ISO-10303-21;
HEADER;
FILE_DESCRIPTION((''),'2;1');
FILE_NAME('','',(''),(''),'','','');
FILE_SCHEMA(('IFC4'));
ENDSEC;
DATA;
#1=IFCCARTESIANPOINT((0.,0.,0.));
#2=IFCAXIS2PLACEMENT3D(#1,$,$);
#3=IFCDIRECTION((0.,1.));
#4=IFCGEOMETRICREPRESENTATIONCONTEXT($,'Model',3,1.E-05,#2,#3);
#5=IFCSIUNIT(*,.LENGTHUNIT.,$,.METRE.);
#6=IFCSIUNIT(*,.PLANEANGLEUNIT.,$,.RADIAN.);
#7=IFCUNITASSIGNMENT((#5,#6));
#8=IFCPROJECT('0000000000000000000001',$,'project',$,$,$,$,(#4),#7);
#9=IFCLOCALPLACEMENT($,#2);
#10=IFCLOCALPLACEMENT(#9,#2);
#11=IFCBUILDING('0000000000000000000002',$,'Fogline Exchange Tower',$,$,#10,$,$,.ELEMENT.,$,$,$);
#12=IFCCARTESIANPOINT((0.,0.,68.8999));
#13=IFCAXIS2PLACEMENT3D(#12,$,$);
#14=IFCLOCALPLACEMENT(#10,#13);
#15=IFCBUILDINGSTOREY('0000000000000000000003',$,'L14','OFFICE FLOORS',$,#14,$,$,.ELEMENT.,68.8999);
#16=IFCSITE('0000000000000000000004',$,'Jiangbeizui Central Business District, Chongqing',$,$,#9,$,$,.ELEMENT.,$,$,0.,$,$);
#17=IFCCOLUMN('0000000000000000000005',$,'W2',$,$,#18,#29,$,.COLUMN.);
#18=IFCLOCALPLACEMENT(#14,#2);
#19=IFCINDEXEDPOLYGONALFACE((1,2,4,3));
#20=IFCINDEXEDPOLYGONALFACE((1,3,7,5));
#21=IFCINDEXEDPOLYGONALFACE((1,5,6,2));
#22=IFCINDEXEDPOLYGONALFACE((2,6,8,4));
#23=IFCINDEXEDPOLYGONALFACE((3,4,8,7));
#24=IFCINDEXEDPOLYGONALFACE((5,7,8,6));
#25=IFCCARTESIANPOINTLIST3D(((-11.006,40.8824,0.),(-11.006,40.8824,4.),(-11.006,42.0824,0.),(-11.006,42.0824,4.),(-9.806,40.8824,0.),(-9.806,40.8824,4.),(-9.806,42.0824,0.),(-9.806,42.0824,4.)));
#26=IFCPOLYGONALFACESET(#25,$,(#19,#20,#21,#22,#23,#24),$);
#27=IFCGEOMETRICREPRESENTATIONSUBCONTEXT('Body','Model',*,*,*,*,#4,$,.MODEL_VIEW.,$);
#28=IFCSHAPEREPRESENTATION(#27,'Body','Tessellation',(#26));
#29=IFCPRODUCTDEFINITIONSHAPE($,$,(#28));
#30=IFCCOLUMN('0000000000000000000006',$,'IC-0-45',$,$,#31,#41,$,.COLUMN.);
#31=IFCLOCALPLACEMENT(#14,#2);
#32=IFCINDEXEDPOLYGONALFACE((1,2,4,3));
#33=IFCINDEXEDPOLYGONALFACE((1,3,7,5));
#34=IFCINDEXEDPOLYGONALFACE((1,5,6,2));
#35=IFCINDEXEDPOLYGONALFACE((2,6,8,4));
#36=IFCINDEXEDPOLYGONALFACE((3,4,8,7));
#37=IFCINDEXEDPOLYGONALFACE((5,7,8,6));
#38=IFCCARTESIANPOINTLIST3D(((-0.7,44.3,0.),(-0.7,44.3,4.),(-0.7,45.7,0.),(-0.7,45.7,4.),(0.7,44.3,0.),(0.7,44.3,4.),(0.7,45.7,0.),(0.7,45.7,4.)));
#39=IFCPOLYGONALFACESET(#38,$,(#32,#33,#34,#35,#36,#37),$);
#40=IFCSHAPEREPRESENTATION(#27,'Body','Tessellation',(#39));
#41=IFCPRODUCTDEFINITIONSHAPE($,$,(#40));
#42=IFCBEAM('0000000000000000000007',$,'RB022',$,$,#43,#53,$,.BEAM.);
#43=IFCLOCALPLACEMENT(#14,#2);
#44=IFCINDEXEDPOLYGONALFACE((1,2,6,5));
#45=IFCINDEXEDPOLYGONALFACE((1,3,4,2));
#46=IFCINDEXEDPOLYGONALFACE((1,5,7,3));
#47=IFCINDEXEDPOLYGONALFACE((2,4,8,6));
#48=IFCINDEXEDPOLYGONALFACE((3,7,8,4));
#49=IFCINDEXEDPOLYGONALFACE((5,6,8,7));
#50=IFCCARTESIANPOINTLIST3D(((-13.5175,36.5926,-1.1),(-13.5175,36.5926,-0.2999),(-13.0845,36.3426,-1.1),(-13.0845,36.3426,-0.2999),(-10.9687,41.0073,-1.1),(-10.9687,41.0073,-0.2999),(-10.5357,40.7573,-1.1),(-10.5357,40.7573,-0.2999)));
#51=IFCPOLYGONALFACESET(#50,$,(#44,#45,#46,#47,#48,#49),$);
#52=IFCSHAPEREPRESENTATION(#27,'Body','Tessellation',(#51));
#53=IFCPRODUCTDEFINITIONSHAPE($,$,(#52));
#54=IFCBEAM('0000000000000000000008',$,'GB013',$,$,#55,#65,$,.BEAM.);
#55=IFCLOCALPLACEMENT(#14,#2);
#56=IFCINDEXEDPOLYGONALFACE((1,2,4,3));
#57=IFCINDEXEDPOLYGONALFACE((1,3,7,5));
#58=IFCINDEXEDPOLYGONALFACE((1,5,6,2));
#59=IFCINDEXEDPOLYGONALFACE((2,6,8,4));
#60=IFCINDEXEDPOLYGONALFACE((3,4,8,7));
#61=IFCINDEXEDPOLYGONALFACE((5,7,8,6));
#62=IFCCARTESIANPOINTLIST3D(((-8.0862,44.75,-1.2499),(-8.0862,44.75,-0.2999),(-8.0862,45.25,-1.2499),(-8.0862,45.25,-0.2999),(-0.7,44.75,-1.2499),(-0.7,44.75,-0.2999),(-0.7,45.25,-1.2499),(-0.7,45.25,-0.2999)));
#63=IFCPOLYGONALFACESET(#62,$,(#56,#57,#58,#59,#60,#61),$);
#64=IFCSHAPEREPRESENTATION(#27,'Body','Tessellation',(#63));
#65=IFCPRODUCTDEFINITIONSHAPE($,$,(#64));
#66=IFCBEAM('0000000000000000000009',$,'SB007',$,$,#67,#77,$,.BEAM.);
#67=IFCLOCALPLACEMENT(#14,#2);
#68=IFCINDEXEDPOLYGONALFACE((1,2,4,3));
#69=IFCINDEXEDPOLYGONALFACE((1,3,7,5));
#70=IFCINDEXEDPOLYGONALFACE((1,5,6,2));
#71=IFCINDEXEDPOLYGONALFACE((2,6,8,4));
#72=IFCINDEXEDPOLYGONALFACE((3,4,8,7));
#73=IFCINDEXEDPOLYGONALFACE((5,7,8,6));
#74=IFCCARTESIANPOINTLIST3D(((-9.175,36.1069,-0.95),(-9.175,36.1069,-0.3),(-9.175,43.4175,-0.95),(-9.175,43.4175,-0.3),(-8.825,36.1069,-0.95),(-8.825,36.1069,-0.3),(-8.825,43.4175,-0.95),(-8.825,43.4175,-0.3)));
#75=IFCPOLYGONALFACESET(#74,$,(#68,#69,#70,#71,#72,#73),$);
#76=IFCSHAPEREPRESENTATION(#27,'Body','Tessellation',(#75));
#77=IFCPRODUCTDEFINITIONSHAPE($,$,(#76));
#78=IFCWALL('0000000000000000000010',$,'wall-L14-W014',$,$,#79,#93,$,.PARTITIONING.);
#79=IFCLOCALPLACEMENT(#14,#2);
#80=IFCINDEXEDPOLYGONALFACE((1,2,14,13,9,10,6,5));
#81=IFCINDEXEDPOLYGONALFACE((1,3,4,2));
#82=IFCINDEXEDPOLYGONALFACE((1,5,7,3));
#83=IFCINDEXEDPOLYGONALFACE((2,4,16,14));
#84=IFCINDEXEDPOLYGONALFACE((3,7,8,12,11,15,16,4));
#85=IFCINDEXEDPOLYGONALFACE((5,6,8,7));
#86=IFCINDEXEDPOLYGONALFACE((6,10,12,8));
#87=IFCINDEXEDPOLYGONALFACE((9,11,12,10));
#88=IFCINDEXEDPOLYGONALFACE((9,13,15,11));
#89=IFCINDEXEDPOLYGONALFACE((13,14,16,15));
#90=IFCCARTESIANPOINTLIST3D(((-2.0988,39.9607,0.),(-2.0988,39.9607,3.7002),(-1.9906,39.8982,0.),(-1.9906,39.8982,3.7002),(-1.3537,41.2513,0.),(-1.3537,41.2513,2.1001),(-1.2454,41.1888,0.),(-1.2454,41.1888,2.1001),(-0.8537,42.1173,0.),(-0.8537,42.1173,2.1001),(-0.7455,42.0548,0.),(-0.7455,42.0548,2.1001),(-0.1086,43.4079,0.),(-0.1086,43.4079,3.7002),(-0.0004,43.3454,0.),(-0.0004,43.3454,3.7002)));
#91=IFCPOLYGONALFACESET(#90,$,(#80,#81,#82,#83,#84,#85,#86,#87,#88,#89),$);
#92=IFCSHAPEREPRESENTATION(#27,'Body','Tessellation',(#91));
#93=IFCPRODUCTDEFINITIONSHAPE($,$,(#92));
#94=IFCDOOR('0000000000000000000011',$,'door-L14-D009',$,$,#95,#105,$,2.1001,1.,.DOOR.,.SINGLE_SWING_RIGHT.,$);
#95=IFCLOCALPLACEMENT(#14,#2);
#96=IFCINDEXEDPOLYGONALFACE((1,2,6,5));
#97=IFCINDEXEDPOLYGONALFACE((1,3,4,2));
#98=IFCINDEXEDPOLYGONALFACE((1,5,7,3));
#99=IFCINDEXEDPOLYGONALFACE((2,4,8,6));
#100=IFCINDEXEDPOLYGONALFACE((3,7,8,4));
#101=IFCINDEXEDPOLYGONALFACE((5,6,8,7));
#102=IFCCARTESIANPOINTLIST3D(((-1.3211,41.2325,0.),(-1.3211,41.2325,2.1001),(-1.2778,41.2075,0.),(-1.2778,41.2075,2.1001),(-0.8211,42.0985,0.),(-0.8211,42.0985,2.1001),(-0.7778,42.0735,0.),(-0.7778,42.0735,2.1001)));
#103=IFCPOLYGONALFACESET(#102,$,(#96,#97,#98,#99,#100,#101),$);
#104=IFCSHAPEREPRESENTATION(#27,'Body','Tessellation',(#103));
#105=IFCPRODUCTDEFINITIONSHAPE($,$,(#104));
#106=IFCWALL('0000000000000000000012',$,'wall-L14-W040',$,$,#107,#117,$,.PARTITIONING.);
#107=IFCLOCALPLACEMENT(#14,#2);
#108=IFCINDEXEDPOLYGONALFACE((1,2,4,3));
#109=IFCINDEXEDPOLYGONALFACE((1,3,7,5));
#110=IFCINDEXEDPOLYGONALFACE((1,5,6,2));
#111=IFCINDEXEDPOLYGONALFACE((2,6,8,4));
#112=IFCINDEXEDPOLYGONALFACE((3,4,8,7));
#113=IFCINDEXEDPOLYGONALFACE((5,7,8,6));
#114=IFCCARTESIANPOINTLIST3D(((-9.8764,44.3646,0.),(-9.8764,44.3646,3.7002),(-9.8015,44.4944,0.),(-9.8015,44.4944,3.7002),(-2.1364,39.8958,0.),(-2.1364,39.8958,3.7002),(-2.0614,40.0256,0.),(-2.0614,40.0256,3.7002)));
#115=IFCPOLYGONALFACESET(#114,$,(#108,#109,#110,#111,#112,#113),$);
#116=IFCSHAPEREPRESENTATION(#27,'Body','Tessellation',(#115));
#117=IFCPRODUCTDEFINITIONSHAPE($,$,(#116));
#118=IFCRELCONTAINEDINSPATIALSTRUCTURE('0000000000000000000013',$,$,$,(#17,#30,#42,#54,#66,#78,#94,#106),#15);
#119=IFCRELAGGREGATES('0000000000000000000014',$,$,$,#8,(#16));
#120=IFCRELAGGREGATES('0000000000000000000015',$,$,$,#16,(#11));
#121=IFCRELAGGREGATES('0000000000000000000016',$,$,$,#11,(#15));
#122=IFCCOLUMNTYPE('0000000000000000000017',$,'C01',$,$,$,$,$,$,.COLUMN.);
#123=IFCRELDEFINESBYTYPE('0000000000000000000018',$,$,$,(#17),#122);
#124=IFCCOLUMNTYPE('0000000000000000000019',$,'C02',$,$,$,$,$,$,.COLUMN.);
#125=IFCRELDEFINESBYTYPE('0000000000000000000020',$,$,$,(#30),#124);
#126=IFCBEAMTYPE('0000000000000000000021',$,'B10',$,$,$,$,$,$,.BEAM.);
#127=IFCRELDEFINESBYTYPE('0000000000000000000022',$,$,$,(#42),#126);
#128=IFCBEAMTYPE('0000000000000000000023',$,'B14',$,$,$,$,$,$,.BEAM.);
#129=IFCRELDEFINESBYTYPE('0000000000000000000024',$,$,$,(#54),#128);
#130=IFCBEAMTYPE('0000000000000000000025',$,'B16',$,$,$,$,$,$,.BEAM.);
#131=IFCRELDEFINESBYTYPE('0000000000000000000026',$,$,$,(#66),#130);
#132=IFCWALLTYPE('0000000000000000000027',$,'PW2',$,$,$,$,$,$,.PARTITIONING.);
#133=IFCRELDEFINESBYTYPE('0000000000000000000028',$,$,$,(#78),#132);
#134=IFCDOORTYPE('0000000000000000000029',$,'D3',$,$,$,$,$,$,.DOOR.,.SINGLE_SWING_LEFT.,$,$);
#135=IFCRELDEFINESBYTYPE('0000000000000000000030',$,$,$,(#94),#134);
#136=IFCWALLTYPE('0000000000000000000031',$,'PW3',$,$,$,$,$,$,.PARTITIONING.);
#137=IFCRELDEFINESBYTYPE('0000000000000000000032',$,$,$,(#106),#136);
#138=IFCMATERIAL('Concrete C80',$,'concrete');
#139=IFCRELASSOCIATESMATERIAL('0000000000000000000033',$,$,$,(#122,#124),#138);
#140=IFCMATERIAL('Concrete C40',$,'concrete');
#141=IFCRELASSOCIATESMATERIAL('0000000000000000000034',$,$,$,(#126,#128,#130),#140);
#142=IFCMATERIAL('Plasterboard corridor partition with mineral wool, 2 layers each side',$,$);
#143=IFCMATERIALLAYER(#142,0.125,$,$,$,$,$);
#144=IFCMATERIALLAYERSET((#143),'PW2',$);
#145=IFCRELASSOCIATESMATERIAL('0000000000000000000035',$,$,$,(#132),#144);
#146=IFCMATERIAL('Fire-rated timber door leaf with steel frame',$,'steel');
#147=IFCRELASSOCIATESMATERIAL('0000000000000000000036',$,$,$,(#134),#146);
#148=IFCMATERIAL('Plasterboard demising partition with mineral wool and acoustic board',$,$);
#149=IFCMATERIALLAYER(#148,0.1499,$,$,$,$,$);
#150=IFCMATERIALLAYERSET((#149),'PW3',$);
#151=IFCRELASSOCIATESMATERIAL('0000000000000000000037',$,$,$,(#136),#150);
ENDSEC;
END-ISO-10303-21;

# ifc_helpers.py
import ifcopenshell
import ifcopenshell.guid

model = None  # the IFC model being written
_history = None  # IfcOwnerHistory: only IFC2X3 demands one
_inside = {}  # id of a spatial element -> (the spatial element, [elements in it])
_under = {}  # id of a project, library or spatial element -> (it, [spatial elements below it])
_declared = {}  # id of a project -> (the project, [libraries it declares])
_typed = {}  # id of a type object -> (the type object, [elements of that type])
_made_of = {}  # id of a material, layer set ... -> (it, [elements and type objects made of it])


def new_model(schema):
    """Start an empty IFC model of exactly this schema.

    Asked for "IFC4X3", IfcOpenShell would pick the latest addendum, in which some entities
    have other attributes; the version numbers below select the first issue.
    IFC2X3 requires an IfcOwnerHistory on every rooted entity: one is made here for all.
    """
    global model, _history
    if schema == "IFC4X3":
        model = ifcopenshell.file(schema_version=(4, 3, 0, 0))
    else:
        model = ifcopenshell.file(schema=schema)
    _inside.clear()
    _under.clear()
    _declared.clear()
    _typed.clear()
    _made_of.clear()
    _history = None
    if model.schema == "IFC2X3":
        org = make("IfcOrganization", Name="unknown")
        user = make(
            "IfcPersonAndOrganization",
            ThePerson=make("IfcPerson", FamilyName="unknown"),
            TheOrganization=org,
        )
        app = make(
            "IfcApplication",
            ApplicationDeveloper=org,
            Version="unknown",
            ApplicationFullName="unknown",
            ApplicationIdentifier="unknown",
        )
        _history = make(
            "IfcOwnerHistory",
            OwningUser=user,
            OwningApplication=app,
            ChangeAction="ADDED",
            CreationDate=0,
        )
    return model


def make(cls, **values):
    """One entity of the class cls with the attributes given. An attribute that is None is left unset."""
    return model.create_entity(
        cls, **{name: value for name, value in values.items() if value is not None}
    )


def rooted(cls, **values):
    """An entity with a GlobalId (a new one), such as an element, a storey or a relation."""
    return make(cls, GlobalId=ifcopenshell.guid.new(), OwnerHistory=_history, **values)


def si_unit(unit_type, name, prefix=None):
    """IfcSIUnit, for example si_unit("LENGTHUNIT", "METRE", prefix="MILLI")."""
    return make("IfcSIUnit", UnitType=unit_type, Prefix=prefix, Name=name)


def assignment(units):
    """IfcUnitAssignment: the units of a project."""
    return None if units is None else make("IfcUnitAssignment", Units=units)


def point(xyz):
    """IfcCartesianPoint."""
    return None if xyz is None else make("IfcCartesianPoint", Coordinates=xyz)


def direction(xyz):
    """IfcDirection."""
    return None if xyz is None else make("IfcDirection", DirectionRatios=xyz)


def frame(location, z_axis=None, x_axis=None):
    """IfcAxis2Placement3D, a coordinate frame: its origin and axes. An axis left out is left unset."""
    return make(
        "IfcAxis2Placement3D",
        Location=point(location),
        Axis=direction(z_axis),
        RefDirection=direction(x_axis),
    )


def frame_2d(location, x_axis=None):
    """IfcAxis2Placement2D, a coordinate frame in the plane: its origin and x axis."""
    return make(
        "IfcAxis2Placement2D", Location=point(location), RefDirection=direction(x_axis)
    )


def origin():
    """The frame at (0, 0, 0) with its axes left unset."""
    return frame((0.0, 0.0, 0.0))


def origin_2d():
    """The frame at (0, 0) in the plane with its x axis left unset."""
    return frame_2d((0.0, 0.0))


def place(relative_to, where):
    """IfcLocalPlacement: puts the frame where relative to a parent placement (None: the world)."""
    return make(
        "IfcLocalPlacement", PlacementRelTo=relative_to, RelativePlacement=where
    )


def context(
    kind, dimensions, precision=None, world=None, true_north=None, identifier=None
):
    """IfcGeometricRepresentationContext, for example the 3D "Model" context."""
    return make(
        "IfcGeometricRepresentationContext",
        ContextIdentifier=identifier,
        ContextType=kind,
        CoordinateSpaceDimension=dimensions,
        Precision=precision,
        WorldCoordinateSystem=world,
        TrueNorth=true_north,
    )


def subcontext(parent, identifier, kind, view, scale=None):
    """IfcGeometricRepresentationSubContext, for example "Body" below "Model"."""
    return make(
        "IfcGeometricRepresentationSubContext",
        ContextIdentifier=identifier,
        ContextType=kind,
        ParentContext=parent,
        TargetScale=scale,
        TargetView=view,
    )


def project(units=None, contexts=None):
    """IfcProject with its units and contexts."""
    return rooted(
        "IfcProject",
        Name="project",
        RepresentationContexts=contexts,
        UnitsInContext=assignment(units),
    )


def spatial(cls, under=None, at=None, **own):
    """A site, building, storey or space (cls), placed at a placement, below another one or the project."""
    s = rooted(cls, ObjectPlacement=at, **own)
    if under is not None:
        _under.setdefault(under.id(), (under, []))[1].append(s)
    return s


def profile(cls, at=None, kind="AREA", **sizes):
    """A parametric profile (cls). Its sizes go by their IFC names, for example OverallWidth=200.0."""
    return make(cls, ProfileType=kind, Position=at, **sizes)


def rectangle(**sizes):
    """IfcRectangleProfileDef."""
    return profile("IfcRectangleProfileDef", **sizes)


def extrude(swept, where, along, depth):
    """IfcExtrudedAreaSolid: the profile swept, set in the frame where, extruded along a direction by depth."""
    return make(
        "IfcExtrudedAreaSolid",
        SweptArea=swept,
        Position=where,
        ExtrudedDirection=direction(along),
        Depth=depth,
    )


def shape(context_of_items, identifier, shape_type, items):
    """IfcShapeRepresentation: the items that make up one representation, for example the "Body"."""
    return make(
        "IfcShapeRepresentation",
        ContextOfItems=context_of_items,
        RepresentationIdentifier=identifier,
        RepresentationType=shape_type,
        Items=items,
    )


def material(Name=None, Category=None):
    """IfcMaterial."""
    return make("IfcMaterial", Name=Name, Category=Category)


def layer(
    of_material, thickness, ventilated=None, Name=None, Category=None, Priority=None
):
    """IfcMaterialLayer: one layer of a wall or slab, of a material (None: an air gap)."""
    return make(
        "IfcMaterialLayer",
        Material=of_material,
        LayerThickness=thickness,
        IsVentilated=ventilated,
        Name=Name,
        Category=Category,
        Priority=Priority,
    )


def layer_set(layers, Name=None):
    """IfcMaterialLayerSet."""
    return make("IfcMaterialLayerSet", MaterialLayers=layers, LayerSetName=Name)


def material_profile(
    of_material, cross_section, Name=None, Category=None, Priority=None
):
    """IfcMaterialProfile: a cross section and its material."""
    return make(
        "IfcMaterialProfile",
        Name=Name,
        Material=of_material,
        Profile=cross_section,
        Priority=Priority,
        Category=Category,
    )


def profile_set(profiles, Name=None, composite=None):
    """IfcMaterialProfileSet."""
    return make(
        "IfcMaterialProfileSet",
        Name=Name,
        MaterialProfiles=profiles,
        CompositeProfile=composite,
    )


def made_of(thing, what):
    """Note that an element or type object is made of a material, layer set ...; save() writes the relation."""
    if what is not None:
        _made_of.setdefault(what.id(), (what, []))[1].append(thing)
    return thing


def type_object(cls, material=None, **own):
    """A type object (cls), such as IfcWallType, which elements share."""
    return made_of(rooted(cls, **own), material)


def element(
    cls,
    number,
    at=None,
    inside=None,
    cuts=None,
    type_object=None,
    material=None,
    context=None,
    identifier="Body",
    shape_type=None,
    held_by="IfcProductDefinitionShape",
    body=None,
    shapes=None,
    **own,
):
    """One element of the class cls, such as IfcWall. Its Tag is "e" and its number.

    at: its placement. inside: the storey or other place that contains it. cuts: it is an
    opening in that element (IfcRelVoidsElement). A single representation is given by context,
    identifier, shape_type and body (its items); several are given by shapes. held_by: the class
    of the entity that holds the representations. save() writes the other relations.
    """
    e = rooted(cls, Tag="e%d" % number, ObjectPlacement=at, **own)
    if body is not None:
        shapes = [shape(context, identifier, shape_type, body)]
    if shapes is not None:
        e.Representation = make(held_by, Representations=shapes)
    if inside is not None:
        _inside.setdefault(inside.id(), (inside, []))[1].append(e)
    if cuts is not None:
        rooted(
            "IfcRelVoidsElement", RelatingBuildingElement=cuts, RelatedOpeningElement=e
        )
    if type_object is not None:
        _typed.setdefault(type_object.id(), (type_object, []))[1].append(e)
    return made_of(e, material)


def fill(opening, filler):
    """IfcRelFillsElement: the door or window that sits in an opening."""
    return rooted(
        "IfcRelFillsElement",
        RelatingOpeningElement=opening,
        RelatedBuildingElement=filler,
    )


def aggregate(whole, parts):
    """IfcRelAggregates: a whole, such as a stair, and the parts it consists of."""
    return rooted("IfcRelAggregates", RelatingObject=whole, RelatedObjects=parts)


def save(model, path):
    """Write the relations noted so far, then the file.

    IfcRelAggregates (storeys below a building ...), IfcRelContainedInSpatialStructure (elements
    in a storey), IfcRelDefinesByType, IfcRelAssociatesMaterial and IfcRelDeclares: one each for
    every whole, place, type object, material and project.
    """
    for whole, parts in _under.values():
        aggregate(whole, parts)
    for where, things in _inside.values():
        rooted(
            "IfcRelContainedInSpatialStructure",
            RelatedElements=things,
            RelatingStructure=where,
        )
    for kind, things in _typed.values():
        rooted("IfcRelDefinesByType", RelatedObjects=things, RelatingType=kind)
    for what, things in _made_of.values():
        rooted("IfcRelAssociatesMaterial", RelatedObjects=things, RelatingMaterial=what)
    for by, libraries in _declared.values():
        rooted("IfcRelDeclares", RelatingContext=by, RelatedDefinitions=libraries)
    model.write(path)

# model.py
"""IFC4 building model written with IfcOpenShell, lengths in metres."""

from ifc_helpers import new_model, si_unit, direction, frame, frame_2d, origin, origin_2d, place, context, subcontext, project, spatial, rectangle, extrude, material, layer, layer_set, material_profile, profile_set, type_object, element, fill, save


model = new_model("IFC4")

# Units and contexts
model_context = context("Model", 3, precision=1e-05, world=origin(), true_north=direction((0.0, 1.0)))
body_context = subcontext(model_context, "Body", "Model", "MODEL_VIEW")
ifc_project = project(units=[si_unit("LENGTHUNIT", "METRE"), si_unit("PLANEANGLEUNIT", "RADIAN")], contexts=[model_context])

# Site, building, storey
site_placement = place(None, origin())
site = spatial("IfcSite", under=ifc_project, at=site_placement, Name="Jiangbeizui Central Business District, Chongqing", CompositionType="ELEMENT", RefElevation=0.0)
building_placement = place(site_placement, origin())
building = spatial("IfcBuilding", under=site, at=building_placement, Name="Fogline Exchange Tower", CompositionType="ELEMENT")
storey_placement = place(building_placement, frame((0.0, 0.0, 68.8999)))
storey = spatial("IfcBuildingStorey", under=building, at=storey_placement, Name="L14", Description="OFFICE FLOORS", CompositionType="ELEMENT", Elevation=68.8999)

# Columns
ifc_material_1 = material(Name="Concrete C80", Category="concrete")
ifc_material_profile_1 = material_profile(ifc_material_1, rectangle(XDim=1.2, YDim=1.2, at=origin_2d()), Name="RC 1200x1200")
ifc_profile_set_1 = profile_set([ifc_material_profile_1], Name="Concrete C80")
column_type_1 = type_object("IfcColumnType", Name="C01", PredefinedType="COLUMN", material=ifc_profile_set_1)
column_1_placement = place(storey_placement, frame((-10.406, 41.4824, 0.0), z_axis=(0.0, 0.0, 1.0), x_axis=(1.0, 0.0, 0.0)))
element("IfcColumn", 1, at=column_1_placement, inside=storey, type_object=column_type_1, Name="W2", PredefinedType="COLUMN", context=body_context, shape_type="SweptSolid", body=[
    extrude(rectangle(XDim=1.2, YDim=1.2, at=origin_2d()), origin(), (0.0, 0.0, 1.0), 4.0),
])
ifc_material_profile_2 = material_profile(ifc_material_1, rectangle(XDim=1.3999, YDim=1.3999, at=origin_2d()), Name="RC 1400x1400")
ifc_profile_set_2 = profile_set([ifc_material_profile_2], Name="Concrete C80")
column_type_2 = type_object("IfcColumnType", Name="C02", PredefinedType="COLUMN", material=ifc_profile_set_2)
column_2_placement = place(storey_placement, frame((0.0, 45.0, 0.0), z_axis=(0.0, 0.0, 1.0), x_axis=(1.0, 0.0, 0.0)))
element("IfcColumn", 2, at=column_2_placement, inside=storey, type_object=column_type_2, Name="IC-0-45", PredefinedType="COLUMN", context=body_context, shape_type="SweptSolid", body=[
    extrude(rectangle(XDim=1.3999, YDim=1.3999, at=origin_2d()), origin(), (0.0, 0.0, 1.0), 4.0),
])

# Beams
ifc_material_2 = material(Name="Concrete C40", Category="concrete")
ifc_material_profile_3 = material_profile(ifc_material_2, rectangle(XDim=0.5, YDim=0.8, at=origin_2d()), Name="RC 500x800")
ifc_profile_set_3 = profile_set([ifc_material_profile_3], Name="Concrete C40")
beam_type_1 = type_object("IfcBeamType", Name="B10", PredefinedType="BEAM", material=ifc_profile_set_3)
beam_1_placement = place(storey_placement, frame((-10.7522, 40.8823, -0.7), z_axis=(-0.499992, -0.86603, 0.0), x_axis=(0.86603, -0.499992, 0.0)))
element("IfcBeam", 3, at=beam_1_placement, inside=storey, type_object=beam_type_1, Name="RB022", PredefinedType="BEAM", context=body_context, shape_type="SweptSolid", body=[
    extrude(rectangle(XDim=0.5, YDim=0.8, at=origin_2d()), origin(), (0.0, 0.0, 1.0), 5.0977),
])
ifc_material_profile_4 = material_profile(ifc_material_2, rectangle(XDim=0.5, YDim=0.95, at=origin_2d()), Name="RC 500x950")
ifc_profile_set_4 = profile_set([ifc_material_profile_4], Name="Concrete C40")
beam_type_2 = type_object("IfcBeamType", Name="B14", PredefinedType="BEAM", material=ifc_profile_set_4)
beam_2_placement = place(storey_placement, frame((-8.0862, 45.0, -0.7749), z_axis=(1.0, 0.0, 0.0), x_axis=(0.0, 1.0, 0.0)))
element("IfcBeam", 4, at=beam_2_placement, inside=storey, type_object=beam_type_2, Name="GB013", PredefinedType="BEAM", context=body_context, shape_type="SweptSolid", body=[
    extrude(rectangle(XDim=0.5, YDim=0.95, at=origin_2d()), origin(), (0.0, 0.0, 1.0), 7.3862),
])
ifc_material_profile_5 = material_profile(ifc_material_2, rectangle(XDim=0.3501, YDim=0.6499, at=origin_2d()), Name="RC 350x650")
ifc_profile_set_5 = profile_set([ifc_material_profile_5], Name="Concrete C40")
beam_type_3 = type_object("IfcBeamType", Name="B16", PredefinedType="BEAM", material=ifc_profile_set_5)
beam_3_placement = place(storey_placement, frame((-9.0, 36.1069, -0.625), z_axis=(0.0, 1.0, 0.0), x_axis=(-1.0, 0.0, 0.0)))
element("IfcBeam", 5, at=beam_3_placement, inside=storey, type_object=beam_type_3, Name="SB007", PredefinedType="BEAM", context=body_context, shape_type="SweptSolid", body=[
    extrude(rectangle(XDim=0.3501, YDim=0.6499, at=origin_2d()), origin(), (0.0, 0.0, 1.0), 7.3105),
])

# Wall, opening, door
ifc_material_3 = material(Name="Plasterboard corridor partition with mineral wool, 2 layers each side")
ifc_layer_1 = layer(ifc_material_3, 0.125)
ifc_layer_set_1 = layer_set([ifc_layer_1], Name="PW2")
wall_type_1 = type_object("IfcWallType", Name="PW2", PredefinedType="PARTITIONING", material=ifc_layer_set_1)
wall_1_placement = place(storey_placement, frame((-2.0447, 39.9294, 0.0), z_axis=(0.0, 0.0, 1.0), x_axis=(0.499991, 0.86603, 0.0)))
wall_1 = element("IfcWall", 6, at=wall_1_placement, inside=storey, type_object=wall_type_1, Name="wall-L14-W014", PredefinedType="PARTITIONING", context=body_context, shape_type="SweptSolid", body=[
    extrude(rectangle(XDim=3.9805, YDim=0.125, at=frame_2d((1.9902, 0.0))), origin(), (0.0, 0.0, 1.0), 3.7002),
])
opening_placement = place(wall_1_placement, frame((1.4902, 0.0, 0.0)))
opening = element("IfcOpeningElement", 7, at=opening_placement, cuts=wall_1, PredefinedType="OPENING", context=body_context, shape_type="SweptSolid", body=[
    extrude(rectangle(XDim=1.0, YDim=2.1001, at=frame_2d((0.5, 1.05))), frame((0.0, 0.0725, 0.0), z_axis=(0.0, -1.0, 0.0), x_axis=(1.0, 0.0, 0.0)), (0.0, 0.0, 1.0), 0.145),
])
ifc_material_4 = material(Name="Fire-rated timber door leaf with steel frame", Category="steel")
door_type = type_object("IfcDoorType", Name="D3", OperationType="SINGLE_SWING_LEFT", PredefinedType="DOOR", material=ifc_material_4)
door_placement = place(opening_placement, origin())
door = element("IfcDoor", 8, at=door_placement, inside=storey, type_object=door_type, Name="door-L14-D009", OperationType="SINGLE_SWING_RIGHT", OverallHeight=2.1001, OverallWidth=1.0, PredefinedType="DOOR", context=body_context, shape_type="SweptSolid", body=[
    extrude(rectangle(XDim=1.0, YDim=2.1001, at=frame_2d((0.5, 1.05))), frame((0.0, 0.0249, 0.0), z_axis=(0.0, -1.0, 0.0), x_axis=(1.0, 0.0, 0.0)), (0.0, 0.0, 1.0), 0.05),
])
fill(opening, door)

# Wall
ifc_material_5 = material(Name="Plasterboard demising partition with mineral wool and acoustic board")
ifc_layer_2 = layer(ifc_material_5, 0.1499)
ifc_layer_set_2 = layer_set([ifc_layer_2], Name="PW3")
wall_type_2 = type_object("IfcWallType", Name="PW3", PredefinedType="PARTITIONING", material=ifc_layer_set_2)
wall_2_placement = place(storey_placement, frame((-2.0989, 39.9607, 0.0), z_axis=(0.0, 0.0, 1.0), x_axis=(-0.866022, 0.500005, 0.0)))
element("IfcWall", 9, at=wall_2_placement, inside=storey, type_object=wall_type_2, Name="wall-L14-W040", PredefinedType="PARTITIONING", context=body_context, shape_type="SweptSolid", body=[
    extrude(rectangle(XDim=8.9375, YDim=0.1499, at=frame_2d((4.4688, 0.0))), origin(), (0.0, 0.0, 1.0), 3.7002),
])

save(model, "model.ifc")
